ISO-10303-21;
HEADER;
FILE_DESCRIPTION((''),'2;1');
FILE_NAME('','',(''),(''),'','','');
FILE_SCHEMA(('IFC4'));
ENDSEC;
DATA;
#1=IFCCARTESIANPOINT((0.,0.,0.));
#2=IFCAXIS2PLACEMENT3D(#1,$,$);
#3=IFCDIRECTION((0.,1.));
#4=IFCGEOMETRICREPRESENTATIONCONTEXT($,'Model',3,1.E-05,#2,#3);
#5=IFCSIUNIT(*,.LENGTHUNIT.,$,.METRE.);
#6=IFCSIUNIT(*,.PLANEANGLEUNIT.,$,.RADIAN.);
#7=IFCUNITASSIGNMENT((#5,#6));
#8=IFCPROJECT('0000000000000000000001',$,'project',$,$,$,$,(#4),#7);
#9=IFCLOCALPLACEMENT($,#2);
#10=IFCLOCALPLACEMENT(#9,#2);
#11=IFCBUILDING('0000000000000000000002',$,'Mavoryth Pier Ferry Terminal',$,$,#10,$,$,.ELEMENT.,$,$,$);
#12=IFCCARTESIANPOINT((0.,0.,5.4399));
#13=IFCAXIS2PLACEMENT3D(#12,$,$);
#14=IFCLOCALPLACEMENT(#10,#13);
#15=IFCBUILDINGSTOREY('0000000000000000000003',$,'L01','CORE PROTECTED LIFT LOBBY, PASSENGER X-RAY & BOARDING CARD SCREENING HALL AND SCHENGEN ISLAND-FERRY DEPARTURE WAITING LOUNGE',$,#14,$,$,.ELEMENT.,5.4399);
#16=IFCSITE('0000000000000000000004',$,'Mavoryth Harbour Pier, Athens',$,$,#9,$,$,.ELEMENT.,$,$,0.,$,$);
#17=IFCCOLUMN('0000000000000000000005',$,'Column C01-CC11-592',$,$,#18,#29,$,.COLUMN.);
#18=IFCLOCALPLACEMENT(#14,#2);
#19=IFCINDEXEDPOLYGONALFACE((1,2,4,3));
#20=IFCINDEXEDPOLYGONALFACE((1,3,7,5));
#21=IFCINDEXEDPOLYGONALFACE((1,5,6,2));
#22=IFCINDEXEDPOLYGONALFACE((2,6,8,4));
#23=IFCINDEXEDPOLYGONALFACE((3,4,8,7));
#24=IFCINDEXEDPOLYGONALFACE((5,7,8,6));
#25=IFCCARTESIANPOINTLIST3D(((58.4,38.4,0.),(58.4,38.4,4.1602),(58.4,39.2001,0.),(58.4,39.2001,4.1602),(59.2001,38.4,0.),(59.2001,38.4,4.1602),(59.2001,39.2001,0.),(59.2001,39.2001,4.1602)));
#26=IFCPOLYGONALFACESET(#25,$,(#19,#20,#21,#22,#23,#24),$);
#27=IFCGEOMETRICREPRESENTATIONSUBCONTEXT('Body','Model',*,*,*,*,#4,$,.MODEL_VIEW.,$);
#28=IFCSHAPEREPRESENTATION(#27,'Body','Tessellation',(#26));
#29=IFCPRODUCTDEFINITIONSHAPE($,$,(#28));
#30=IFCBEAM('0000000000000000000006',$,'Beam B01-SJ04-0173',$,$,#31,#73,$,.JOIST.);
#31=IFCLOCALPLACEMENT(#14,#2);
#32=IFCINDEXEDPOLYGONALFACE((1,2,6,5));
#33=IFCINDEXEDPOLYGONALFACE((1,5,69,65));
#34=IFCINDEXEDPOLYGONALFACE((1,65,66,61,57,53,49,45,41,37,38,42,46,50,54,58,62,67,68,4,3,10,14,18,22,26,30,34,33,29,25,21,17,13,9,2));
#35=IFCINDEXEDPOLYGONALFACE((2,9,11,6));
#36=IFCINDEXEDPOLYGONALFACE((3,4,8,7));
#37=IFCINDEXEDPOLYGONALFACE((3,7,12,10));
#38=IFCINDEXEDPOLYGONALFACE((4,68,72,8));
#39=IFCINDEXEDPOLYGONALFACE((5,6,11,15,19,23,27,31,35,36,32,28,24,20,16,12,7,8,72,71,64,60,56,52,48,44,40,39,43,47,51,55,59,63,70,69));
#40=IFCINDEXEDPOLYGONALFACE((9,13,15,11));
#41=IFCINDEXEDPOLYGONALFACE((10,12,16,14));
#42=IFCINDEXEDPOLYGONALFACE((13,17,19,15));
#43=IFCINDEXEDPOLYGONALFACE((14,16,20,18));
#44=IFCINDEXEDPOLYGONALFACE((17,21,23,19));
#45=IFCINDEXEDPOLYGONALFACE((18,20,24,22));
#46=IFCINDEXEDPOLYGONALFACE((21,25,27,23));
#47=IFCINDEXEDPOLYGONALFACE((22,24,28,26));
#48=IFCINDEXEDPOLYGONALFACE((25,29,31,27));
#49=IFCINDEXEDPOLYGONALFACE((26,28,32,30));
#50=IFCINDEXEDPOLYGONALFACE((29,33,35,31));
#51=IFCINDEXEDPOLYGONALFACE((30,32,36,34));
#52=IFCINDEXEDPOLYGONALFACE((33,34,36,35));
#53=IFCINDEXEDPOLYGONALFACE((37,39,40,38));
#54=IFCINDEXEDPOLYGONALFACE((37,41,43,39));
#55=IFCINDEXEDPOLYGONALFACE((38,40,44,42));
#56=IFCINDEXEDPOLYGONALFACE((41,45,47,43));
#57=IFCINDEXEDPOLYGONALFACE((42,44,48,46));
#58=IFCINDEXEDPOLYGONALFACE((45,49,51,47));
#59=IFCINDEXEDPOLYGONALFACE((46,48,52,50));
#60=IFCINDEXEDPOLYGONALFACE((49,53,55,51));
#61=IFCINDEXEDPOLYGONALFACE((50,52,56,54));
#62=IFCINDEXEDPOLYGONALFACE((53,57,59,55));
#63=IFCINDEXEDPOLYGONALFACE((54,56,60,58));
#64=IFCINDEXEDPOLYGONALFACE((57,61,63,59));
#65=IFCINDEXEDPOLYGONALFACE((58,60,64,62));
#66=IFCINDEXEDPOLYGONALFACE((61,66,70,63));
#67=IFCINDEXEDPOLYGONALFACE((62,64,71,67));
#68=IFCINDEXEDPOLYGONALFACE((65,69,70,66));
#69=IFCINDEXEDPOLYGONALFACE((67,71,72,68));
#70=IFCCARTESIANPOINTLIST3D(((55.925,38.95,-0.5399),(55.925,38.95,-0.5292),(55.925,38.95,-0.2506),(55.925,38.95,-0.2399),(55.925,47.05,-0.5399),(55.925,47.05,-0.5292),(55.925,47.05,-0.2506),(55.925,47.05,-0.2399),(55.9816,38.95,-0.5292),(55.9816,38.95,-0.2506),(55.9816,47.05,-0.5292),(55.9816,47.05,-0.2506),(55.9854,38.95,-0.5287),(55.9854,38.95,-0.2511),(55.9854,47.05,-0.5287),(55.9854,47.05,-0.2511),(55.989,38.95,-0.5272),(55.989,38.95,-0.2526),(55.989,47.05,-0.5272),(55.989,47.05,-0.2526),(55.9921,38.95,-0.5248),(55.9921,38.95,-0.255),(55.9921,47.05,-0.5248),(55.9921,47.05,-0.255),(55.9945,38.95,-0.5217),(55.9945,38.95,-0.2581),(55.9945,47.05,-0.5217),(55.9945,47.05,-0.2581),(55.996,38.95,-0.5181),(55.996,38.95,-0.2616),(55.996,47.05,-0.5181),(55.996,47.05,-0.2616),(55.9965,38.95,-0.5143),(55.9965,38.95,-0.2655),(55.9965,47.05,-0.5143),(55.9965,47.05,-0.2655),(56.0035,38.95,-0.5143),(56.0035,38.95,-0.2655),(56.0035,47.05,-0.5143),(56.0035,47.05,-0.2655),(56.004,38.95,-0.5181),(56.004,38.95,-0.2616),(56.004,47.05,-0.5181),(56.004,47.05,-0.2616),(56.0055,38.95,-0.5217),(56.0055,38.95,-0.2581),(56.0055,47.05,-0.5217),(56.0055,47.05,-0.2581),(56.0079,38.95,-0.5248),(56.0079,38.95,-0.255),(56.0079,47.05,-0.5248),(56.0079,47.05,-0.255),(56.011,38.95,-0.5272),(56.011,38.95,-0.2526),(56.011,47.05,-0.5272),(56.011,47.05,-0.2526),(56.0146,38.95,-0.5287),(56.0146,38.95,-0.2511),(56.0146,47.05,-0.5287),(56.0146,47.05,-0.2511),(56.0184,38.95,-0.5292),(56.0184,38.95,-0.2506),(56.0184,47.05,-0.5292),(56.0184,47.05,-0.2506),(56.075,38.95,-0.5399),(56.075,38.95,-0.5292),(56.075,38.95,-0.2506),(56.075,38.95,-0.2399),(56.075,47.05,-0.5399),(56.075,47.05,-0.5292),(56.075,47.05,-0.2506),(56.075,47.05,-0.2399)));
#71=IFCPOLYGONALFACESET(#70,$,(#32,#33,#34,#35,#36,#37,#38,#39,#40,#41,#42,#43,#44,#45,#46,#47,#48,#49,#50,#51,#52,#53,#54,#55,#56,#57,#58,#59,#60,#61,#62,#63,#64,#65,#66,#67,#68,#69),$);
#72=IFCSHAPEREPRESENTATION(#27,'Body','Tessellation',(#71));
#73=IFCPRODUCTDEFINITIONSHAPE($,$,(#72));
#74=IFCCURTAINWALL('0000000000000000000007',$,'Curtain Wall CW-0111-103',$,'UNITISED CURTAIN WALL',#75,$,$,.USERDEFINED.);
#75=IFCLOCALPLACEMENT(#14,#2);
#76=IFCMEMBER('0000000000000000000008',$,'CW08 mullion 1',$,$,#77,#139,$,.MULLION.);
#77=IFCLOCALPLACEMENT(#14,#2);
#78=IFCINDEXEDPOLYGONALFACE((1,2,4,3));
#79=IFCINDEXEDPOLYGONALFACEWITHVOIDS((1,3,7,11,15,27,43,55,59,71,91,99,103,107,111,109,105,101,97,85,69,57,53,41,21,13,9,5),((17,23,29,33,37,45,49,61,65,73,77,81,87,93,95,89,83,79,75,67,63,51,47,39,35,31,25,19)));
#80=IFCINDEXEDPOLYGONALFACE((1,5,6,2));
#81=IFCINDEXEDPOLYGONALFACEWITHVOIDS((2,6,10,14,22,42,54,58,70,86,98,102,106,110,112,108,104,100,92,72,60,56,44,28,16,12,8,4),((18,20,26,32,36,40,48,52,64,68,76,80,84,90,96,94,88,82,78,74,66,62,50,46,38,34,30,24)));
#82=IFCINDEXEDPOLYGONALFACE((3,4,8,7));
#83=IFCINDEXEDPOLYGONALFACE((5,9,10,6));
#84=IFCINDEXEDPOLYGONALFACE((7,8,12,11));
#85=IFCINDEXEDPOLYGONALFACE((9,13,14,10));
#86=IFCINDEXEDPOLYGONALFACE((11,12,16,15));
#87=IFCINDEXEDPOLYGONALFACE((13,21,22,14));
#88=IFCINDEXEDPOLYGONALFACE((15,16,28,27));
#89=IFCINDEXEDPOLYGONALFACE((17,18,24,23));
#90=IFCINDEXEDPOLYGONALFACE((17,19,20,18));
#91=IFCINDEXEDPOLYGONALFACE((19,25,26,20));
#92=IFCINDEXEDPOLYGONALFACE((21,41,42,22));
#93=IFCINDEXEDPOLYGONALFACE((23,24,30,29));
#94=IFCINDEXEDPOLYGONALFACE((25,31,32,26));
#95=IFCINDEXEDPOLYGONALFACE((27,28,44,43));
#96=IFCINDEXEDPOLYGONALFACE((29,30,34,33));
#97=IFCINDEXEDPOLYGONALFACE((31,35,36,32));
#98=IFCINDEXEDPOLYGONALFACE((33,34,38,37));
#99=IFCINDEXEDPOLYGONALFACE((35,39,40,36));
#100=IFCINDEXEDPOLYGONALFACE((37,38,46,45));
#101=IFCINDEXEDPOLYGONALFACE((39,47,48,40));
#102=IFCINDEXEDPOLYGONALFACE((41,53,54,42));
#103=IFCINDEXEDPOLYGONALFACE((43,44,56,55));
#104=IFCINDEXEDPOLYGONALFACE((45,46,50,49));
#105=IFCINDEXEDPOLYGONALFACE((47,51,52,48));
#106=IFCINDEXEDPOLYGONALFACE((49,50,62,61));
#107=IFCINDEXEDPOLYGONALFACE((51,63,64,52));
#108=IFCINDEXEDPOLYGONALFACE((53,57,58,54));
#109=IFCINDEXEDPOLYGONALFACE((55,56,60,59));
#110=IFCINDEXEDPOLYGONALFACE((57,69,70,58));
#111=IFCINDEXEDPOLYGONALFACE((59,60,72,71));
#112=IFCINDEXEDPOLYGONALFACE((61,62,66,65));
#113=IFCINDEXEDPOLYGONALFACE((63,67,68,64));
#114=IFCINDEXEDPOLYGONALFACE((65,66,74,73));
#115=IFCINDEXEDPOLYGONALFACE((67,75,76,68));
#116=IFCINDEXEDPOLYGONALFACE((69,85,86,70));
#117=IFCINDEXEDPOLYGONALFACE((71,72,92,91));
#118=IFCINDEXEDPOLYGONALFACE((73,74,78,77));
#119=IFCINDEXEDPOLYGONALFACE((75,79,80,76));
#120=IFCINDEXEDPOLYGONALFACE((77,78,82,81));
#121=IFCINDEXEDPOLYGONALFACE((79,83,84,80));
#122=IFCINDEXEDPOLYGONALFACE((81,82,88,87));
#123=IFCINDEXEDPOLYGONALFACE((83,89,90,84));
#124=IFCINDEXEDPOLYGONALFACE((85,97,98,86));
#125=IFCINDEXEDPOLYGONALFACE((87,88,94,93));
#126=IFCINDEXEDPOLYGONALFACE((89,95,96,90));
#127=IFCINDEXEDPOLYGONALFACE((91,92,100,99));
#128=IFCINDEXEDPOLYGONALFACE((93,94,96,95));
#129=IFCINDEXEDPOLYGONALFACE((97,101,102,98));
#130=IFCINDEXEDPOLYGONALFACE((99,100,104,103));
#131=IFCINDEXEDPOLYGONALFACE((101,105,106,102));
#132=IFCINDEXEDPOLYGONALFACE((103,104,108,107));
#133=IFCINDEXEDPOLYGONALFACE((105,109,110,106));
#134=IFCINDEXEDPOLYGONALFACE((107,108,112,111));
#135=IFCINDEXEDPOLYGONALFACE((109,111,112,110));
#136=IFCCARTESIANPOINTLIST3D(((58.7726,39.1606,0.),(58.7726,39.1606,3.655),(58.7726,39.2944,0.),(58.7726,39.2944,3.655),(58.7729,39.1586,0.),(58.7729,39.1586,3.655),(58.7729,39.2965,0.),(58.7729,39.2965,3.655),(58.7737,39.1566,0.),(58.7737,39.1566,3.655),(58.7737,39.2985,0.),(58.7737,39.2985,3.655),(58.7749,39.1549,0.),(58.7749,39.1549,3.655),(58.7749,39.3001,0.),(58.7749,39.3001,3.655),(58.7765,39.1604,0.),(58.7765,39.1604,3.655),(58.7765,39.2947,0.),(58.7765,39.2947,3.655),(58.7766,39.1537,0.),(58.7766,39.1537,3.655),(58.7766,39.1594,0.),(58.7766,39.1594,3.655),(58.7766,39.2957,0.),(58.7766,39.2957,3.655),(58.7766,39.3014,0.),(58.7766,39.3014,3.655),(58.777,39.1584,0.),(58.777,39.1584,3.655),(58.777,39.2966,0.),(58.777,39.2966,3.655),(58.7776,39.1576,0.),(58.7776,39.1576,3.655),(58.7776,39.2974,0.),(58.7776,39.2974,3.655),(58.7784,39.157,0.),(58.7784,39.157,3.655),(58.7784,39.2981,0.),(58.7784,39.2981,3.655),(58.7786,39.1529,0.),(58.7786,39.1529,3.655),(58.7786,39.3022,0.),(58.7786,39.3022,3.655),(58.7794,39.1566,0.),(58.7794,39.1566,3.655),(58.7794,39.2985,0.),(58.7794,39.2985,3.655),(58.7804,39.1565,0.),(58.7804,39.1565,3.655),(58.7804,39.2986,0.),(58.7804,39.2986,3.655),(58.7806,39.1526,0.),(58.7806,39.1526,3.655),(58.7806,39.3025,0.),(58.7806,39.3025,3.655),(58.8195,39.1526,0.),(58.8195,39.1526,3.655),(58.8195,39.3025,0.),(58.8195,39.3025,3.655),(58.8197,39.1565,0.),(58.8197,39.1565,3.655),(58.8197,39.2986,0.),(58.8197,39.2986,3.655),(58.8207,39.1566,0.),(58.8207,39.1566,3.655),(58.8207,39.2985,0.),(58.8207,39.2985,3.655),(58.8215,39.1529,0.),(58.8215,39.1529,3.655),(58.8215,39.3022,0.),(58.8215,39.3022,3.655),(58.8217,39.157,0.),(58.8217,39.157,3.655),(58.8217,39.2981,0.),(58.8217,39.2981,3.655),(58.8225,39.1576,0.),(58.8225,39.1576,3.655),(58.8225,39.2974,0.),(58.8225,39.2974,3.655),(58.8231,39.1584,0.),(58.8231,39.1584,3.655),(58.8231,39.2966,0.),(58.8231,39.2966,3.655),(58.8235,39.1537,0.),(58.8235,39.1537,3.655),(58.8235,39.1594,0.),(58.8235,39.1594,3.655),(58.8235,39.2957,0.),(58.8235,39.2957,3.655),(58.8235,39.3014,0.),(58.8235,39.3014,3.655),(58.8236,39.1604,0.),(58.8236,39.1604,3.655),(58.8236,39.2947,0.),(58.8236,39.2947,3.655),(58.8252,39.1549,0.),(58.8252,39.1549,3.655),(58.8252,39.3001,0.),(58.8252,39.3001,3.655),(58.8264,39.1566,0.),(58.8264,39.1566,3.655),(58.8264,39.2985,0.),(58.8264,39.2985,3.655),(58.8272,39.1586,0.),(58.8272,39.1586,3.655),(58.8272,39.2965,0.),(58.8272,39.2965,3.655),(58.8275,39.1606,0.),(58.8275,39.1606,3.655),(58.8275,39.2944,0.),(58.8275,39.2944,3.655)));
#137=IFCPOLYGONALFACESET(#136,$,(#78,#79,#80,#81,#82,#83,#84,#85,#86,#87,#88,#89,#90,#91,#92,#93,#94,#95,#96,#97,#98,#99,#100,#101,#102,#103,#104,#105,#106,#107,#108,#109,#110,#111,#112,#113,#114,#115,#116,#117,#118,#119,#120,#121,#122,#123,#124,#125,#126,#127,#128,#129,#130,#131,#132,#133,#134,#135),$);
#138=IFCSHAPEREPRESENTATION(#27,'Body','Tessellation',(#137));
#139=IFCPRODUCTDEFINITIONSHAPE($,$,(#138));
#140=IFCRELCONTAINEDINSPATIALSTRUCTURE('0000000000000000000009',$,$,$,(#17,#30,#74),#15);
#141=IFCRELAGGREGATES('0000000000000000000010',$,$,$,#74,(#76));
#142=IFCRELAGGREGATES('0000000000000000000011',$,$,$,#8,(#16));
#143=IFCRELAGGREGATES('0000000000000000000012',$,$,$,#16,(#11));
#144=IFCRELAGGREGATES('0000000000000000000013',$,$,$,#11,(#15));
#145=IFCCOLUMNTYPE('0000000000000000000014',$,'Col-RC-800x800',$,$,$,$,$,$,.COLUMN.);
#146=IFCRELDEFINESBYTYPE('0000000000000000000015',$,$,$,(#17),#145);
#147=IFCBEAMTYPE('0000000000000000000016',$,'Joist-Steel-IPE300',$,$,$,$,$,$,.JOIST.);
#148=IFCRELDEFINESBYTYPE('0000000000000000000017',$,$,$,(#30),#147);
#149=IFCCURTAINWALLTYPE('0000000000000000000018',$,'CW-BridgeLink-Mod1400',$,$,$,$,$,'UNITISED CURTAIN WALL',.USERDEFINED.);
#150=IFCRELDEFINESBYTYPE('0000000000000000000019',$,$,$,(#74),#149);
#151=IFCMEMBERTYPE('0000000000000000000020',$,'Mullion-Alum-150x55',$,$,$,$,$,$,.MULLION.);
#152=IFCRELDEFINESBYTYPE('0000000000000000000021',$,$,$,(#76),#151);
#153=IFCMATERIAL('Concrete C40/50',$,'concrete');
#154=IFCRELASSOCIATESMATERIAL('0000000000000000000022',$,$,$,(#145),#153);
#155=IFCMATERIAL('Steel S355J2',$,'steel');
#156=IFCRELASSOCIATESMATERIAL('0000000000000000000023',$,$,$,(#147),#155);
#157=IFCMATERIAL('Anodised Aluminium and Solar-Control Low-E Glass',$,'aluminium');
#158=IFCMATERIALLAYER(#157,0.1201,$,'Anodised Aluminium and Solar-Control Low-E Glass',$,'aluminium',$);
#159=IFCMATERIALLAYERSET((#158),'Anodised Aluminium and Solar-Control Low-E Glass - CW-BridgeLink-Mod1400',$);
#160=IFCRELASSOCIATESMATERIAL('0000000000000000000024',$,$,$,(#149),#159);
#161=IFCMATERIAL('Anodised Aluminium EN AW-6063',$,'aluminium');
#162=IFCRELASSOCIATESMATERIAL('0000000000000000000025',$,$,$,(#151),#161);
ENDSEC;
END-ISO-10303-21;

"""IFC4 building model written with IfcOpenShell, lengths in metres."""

from ifc_helpers import new_model, si_unit, direction, frame, origin, origin_2d, place, context, subcontext, project, spatial, rectangle, hollow_rectangle, i_section, extrude, material, layer, layer_set, material_profile, profile_set, type_object, element, aggregate, save


model = new_model("IFC4")

# Units and contexts
model_context = context("Model", 3, precision=1e-05, world=origin(), true_north=direction((0.0, 1.0)))
body_context = subcontext(model_context, "Body", "Model", "MODEL_VIEW")
ifc_project = project(units=[si_unit("LENGTHUNIT", "METRE"), si_unit("PLANEANGLEUNIT", "RADIAN")], contexts=[model_context])

# Site, building, storey
site_placement = place(None, origin())
site = spatial("IfcSite", under=ifc_project, at=site_placement, Name="Mavoryth Harbour Pier, Athens", CompositionType="ELEMENT", RefElevation=0.0)
building_placement = place(site_placement, origin())
building = spatial("IfcBuilding", under=site, at=building_placement, Name="Mavoryth Pier Ferry Terminal", CompositionType="ELEMENT")
storey_placement = place(building_placement, frame((0.0, 0.0, 5.4399)))
storey = spatial("IfcBuildingStorey", under=building, at=storey_placement, Name="L01", Description="CORE PROTECTED LIFT LOBBY, PASSENGER X-RAY & BOARDING CARD SCREENING HALL AND SCHENGEN ISLAND-FERRY DEPARTURE WAITING LOUNGE", CompositionType="ELEMENT", Elevation=5.4399)

# Column
ifc_material_1 = material(Name="Concrete C40/50", Category="concrete")
ifc_material_profile_1 = material_profile(ifc_material_1, rectangle(XDim=0.8, YDim=0.8, at=origin_2d()), Name="RC 800x800", Category="concrete")
ifc_profile_set_1 = profile_set([ifc_material_profile_1], Name="Concrete C40/50 - RC 800x800")
column_type = type_object("IfcColumnType", Name="Col-RC-800x800", PredefinedType="COLUMN", material=ifc_profile_set_1)
column_placement = place(storey_placement, frame((58.8, 38.8, 0.0), z_axis=(0.0, 0.0, 1.0), x_axis=(1.0, 0.0, 0.0)))
element("IfcColumn", 1, at=column_placement, inside=storey, type_object=column_type, Name="Column C01-CC11-592", PredefinedType="COLUMN", context=body_context, shape_type="SweptSolid", body=[
    extrude(rectangle(XDim=0.8, YDim=0.8, at=origin_2d()), origin(), (0.0, 0.0, 1.0), 4.1602),
])

# Beam
ifc_material_2 = material(Name="Steel S355J2", Category="steel")
ifc_material_profile_2 = material_profile(ifc_material_2, i_section(OverallWidth=0.1499, OverallDepth=0.3, WebThickness=0.0071, FlangeThickness=0.0107, FilletRadius=0.0149, at=origin_2d()), Name="IPE 300", Category="steel")
ifc_profile_set_2 = profile_set([ifc_material_profile_2], Name="Steel S355J2 - IPE 300")
beam_type_1 = type_object("IfcBeamType", Name="Joist-Steel-IPE300", PredefinedType="JOIST", material=ifc_profile_set_2)
beam_1_placement = place(storey_placement, frame((56.0, 38.95, -0.3899), z_axis=(0.0, 1.0, 0.0), x_axis=(-1.0, 0.0, 0.0)))
element("IfcBeam", 2, at=beam_1_placement, inside=storey, type_object=beam_type_1, Name="Beam B01-SJ04-0173", PredefinedType="JOIST", context=body_context, shape_type="SweptSolid", body=[
    extrude(i_section(OverallWidth=0.1499, OverallDepth=0.3, WebThickness=0.0071, FlangeThickness=0.0107, FilletRadius=0.0149, at=origin_2d()), origin(), (0.0, 0.0, 1.0), 8.1001),
])

# Curtain wall, member
ifc_material_3 = material(Name="Anodised Aluminium and Solar-Control Low-E Glass", Category="aluminium")
ifc_layer_1 = layer(ifc_material_3, 0.1201, Name="Anodised Aluminium and Solar-Control Low-E Glass", Category="aluminium")
ifc_layer_set_1 = layer_set([ifc_layer_1], Name="Anodised Aluminium and Solar-Control Low-E Glass - CW-BridgeLink-Mod1400")
curtain_wall_type = type_object("IfcCurtainWallType", Name="CW-BridgeLink-Mod1400", ElementType="UNITISED CURTAIN WALL", PredefinedType="USERDEFINED", material=ifc_layer_set_1)
curtain_wall_placement = place(storey_placement, origin())
curtain_wall = element("IfcCurtainWall", 3, at=curtain_wall_placement, inside=storey, type_object=curtain_wall_type, Name="Curtain Wall CW-0111-103", ObjectType="UNITISED CURTAIN WALL", PredefinedType="USERDEFINED")
ifc_material_4 = material(Name="Anodised Aluminium EN AW-6063", Category="aluminium")
ifc_material_profile_3 = material_profile(ifc_material_4, hollow_rectangle(XDim=0.0549, YDim=0.1499, WallThickness=0.0039, InnerFilletRadius=0.0039, OuterFilletRadius=0.0081, at=origin_2d()), Name="AL-MULL 150x55x4", Category="aluminium")
ifc_profile_set_3 = profile_set([ifc_material_profile_3], Name="Anodised Aluminium EN AW-6063 - AL-MULL 150x55x4")
member_type_1 = type_object("IfcMemberType", Name="Mullion-Alum-150x55", PredefinedType="MULLION", material=ifc_profile_set_3)
member_1_placement = place(storey_placement, frame((58.8, 39.2275, 0.0), z_axis=(0.0, 0.0, 1.0), x_axis=(-1.0, 0.0, 0.0)))
member_1 = element("IfcMember", 4, at=member_1_placement, type_object=member_type_1, Name="CW08 mullion 1", PredefinedType="MULLION", context=body_context, shape_type="SweptSolid", body=[
    extrude(hollow_rectangle(XDim=0.0549, YDim=0.1499, WallThickness=0.0039, InnerFilletRadius=0.0039, OuterFilletRadius=0.0081, at=origin_2d()), origin(), (0.0, 0.0, 1.0), 3.655),
])

aggregate(curtain_wall, [member_1])

save(model, "model.ifc")
